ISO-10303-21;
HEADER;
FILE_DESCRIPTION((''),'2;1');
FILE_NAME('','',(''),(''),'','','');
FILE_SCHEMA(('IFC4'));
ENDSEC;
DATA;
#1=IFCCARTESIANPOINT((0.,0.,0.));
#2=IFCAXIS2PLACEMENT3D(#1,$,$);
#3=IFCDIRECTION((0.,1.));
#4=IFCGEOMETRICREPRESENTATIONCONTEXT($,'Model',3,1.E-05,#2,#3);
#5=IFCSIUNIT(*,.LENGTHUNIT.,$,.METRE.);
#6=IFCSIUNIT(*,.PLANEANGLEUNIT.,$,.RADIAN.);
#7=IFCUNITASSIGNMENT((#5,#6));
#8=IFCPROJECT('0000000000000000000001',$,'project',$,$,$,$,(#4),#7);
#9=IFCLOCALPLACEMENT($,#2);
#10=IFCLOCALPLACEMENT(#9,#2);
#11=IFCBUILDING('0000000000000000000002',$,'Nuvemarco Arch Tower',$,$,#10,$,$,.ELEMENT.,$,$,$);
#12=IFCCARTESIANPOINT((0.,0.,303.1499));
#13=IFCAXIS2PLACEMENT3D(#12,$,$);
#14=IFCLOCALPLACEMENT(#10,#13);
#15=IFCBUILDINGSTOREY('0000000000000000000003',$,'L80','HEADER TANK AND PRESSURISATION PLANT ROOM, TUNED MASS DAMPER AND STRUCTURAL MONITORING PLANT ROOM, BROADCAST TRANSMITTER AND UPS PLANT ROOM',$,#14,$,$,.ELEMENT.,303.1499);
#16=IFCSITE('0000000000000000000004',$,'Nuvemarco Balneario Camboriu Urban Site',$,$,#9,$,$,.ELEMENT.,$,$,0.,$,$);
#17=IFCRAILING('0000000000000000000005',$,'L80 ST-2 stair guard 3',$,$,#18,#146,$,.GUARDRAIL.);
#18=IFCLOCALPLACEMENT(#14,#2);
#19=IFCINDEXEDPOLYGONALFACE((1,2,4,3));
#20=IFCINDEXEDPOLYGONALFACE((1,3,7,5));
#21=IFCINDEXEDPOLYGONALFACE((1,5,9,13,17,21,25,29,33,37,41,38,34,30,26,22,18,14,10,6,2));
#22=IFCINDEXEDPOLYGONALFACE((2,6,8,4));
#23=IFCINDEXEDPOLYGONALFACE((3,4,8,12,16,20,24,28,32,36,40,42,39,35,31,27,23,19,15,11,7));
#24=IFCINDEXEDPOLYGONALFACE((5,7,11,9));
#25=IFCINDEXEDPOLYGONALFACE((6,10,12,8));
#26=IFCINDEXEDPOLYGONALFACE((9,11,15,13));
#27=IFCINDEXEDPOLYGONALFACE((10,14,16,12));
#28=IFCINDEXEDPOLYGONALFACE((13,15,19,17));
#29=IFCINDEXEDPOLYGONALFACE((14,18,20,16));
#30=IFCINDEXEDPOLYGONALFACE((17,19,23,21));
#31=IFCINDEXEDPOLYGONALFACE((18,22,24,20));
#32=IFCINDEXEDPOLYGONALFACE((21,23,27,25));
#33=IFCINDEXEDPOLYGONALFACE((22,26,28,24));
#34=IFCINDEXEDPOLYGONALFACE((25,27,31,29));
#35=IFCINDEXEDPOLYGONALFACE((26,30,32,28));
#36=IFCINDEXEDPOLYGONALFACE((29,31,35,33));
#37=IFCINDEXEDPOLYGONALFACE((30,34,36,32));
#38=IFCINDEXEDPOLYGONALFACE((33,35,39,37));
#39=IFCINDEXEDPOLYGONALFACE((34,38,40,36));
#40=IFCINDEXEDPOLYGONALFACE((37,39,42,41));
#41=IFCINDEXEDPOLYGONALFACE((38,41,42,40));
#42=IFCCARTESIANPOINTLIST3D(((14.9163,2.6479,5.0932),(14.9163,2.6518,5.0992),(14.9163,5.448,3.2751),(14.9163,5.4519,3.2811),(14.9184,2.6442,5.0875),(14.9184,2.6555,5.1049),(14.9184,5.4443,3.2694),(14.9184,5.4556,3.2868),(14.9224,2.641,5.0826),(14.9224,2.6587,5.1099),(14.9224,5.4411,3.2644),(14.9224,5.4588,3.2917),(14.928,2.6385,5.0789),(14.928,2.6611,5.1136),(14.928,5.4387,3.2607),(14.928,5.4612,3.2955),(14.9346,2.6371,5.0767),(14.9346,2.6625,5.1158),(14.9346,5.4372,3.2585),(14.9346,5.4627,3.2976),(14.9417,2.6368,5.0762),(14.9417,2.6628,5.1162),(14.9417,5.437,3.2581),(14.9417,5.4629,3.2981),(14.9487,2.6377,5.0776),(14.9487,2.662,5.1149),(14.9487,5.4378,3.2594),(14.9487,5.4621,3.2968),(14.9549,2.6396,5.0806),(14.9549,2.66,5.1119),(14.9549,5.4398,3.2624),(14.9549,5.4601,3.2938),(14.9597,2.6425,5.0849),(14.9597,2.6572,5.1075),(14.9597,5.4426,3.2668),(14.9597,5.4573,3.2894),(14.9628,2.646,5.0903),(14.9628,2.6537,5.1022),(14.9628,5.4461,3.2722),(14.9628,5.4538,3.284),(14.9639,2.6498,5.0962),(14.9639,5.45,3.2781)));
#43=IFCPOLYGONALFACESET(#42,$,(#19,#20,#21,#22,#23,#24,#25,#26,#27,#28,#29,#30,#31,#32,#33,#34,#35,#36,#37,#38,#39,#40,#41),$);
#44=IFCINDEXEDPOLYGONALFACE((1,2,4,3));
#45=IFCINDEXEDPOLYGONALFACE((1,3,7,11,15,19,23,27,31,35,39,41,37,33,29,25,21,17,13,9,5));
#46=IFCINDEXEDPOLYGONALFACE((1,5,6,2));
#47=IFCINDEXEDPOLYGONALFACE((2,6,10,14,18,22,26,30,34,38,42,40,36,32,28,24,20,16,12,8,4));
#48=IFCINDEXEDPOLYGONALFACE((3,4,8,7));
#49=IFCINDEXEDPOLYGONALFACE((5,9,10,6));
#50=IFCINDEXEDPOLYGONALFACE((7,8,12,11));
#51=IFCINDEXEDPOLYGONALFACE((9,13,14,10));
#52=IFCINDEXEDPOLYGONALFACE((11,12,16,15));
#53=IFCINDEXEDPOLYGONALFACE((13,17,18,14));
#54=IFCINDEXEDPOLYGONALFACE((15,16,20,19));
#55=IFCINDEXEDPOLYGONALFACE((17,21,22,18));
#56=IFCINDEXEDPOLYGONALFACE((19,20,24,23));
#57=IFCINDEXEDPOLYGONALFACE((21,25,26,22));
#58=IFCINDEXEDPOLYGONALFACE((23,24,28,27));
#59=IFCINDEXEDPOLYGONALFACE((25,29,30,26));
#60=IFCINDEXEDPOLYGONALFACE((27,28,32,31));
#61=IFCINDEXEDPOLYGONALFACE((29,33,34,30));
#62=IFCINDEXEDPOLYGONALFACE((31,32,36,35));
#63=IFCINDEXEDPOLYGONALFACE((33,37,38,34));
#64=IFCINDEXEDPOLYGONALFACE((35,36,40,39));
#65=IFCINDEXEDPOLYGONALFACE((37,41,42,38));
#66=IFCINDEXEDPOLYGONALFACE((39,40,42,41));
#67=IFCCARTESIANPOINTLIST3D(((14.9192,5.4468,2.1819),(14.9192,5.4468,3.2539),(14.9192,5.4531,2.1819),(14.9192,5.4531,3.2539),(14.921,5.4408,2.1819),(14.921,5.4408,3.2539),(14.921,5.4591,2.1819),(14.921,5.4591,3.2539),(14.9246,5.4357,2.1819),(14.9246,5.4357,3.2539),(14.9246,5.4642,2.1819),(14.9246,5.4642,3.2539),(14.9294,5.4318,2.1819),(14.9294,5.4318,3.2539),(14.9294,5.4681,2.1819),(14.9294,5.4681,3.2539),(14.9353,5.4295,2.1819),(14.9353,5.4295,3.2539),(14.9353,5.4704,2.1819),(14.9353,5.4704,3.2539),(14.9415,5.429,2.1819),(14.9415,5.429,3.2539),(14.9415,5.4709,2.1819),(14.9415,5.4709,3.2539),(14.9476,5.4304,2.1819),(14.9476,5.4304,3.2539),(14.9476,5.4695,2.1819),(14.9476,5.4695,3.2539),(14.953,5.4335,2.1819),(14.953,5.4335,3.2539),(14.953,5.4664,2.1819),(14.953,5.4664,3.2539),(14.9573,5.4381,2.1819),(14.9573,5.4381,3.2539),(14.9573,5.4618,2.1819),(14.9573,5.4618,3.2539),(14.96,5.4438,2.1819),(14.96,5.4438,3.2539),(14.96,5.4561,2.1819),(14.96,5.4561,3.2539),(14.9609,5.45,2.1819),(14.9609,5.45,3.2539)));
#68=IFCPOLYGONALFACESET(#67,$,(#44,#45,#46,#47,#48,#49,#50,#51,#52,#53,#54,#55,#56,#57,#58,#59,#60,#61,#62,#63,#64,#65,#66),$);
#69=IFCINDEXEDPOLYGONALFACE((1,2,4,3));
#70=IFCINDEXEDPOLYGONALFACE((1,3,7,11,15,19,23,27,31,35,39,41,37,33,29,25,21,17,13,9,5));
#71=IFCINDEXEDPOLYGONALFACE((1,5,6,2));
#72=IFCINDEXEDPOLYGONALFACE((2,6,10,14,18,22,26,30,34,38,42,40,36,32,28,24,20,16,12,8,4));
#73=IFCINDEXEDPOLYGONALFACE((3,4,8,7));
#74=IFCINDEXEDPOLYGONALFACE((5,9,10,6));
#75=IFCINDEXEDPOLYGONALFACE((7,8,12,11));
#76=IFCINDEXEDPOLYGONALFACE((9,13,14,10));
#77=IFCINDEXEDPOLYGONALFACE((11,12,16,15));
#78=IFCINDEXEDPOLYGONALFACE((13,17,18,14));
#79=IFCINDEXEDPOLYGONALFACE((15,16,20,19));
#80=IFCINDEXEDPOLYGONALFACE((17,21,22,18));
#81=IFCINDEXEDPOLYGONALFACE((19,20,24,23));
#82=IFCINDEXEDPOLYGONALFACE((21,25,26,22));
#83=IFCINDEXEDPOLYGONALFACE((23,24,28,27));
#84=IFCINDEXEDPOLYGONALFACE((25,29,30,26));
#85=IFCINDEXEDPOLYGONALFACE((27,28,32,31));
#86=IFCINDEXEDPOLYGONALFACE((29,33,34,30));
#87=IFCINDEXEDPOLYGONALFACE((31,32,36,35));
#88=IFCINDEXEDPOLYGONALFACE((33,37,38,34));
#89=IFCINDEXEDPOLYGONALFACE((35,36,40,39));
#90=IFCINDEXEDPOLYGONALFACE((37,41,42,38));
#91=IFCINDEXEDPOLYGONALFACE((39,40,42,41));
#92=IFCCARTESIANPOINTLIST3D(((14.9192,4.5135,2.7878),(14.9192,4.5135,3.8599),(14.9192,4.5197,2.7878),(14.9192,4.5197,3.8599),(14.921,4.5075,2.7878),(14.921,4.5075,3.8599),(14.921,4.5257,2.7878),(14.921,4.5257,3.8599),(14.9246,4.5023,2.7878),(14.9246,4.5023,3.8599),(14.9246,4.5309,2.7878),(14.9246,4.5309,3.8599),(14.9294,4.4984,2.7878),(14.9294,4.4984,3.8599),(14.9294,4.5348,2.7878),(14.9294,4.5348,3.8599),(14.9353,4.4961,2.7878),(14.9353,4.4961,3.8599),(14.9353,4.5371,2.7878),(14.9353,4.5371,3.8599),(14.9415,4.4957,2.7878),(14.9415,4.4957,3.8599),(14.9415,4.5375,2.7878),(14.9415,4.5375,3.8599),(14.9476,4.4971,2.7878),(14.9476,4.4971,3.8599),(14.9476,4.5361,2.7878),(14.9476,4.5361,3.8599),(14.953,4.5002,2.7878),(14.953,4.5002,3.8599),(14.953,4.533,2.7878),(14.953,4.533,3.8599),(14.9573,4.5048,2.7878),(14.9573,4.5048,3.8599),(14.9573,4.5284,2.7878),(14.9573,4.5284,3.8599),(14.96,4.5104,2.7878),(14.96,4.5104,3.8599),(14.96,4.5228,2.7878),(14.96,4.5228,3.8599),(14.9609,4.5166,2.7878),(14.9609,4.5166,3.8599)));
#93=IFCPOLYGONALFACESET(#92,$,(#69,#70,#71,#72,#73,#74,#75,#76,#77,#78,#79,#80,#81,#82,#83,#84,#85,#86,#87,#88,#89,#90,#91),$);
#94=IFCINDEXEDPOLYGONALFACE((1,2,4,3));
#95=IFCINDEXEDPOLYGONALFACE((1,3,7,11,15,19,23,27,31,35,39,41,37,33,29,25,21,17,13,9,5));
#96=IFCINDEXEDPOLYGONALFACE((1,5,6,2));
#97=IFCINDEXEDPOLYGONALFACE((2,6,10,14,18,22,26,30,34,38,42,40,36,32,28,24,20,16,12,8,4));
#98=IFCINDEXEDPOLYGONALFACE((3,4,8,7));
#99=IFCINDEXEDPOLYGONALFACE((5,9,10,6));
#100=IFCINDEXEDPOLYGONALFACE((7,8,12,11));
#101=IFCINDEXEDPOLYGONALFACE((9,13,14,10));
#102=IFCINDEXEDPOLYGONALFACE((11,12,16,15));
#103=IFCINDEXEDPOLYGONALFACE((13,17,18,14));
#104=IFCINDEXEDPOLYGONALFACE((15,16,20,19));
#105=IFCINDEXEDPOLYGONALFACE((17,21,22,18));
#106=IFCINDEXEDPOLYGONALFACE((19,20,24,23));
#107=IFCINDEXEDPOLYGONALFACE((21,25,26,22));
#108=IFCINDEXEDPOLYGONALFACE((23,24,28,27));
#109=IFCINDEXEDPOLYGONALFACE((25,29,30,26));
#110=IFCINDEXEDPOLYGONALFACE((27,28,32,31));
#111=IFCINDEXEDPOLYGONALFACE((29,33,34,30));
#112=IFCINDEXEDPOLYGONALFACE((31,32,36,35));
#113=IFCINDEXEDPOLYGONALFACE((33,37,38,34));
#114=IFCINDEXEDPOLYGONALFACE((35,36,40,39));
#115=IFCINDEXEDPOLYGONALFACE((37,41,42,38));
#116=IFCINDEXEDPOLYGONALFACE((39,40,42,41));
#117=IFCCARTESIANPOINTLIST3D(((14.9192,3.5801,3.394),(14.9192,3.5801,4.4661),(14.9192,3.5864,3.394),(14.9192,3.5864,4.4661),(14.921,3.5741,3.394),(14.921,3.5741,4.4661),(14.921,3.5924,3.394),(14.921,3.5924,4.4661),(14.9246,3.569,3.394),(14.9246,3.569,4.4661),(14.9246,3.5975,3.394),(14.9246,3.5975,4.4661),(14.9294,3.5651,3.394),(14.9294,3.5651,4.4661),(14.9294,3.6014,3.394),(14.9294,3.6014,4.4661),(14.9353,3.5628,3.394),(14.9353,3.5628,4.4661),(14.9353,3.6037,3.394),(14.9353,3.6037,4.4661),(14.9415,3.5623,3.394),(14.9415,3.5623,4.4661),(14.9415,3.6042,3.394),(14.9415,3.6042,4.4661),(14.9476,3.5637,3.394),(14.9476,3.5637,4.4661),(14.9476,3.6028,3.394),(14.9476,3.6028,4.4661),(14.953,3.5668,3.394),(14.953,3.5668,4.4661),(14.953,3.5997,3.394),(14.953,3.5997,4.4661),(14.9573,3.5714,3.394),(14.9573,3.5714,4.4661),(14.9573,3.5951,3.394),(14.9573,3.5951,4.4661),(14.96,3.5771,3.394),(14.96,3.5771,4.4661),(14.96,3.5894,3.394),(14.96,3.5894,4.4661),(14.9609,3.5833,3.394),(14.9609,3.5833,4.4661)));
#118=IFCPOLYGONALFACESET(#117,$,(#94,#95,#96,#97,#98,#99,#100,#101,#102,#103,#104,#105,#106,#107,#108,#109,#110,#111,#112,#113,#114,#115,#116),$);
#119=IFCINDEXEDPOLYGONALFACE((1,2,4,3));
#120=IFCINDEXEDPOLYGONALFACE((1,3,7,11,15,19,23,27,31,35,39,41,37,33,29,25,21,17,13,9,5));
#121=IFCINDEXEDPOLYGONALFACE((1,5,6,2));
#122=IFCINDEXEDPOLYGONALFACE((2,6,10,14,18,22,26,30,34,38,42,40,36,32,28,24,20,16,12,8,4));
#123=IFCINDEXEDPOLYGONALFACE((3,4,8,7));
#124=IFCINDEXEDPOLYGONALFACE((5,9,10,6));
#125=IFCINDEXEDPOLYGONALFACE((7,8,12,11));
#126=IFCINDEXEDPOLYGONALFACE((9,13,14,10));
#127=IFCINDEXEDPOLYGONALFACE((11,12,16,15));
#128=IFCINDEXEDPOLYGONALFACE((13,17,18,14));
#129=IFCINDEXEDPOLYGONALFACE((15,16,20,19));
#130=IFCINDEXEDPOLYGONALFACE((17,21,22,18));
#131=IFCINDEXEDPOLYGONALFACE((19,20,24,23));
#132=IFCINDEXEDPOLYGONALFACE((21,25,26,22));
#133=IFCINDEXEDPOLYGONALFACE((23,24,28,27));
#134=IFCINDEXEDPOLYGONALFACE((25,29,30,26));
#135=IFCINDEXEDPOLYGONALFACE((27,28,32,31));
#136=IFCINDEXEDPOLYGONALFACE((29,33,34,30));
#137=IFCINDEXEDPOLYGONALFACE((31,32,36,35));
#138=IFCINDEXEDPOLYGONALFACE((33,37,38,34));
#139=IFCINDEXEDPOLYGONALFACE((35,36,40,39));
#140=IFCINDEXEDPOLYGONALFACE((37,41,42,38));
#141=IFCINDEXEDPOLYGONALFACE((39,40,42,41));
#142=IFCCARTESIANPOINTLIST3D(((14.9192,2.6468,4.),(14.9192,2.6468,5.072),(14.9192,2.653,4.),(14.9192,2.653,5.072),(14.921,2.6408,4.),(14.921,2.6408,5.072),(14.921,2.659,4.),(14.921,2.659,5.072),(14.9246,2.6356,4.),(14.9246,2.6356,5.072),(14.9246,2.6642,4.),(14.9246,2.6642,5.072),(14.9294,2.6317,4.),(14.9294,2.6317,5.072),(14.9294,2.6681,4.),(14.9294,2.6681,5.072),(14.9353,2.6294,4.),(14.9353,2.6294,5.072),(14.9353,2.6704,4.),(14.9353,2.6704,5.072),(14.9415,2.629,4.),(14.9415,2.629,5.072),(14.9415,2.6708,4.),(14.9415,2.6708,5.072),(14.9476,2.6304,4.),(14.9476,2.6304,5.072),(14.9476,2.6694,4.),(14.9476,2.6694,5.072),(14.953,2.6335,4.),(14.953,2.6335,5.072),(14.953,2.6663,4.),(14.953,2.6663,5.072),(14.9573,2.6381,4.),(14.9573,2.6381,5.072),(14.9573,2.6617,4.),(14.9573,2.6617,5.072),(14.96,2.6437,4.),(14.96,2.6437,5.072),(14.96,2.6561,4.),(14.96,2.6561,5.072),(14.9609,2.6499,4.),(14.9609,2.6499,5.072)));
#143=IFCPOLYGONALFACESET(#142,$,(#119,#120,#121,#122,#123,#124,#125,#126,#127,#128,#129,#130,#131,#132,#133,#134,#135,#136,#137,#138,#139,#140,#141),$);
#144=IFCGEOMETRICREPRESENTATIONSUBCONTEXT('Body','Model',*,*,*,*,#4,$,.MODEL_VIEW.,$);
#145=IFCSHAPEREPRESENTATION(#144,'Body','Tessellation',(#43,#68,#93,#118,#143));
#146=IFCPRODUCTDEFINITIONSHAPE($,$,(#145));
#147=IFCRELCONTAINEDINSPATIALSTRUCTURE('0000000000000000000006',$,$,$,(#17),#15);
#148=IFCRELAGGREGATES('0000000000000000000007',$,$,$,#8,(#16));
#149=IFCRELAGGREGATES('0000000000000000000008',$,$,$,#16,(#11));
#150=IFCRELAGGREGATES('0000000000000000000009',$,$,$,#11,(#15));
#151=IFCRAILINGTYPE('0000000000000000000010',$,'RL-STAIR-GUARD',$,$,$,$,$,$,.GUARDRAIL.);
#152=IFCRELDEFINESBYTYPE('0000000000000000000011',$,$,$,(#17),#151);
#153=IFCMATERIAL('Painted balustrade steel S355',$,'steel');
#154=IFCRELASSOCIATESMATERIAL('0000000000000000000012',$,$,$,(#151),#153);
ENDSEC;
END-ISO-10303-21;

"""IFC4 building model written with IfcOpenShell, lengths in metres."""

from ifc_helpers import new_model, si_unit, direction, frame, origin, origin_2d, place, context, subcontext, project, spatial, circle, extrude, material, type_object, element, save


model = new_model("IFC4")

# Units and contexts
model_context = context("Model", 3, precision=1e-05, world=origin(), true_north=direction((0.0, 1.0)))
body_context = subcontext(model_context, "Body", "Model", "MODEL_VIEW")
ifc_project = project(units=[si_unit("LENGTHUNIT", "METRE"), si_unit("PLANEANGLEUNIT", "RADIAN")], contexts=[model_context])

# Site, building, storey
site_placement = place(None, origin())
site = spatial("IfcSite", under=ifc_project, at=site_placement, Name="Nuvemarco Balneario Camboriu Urban Site", CompositionType="ELEMENT", RefElevation=0.0)
building_placement = place(site_placement, origin())
building = spatial("IfcBuilding", under=site, at=building_placement, Name="Nuvemarco Arch Tower", CompositionType="ELEMENT")
storey_placement = place(building_placement, frame((0.0, 0.0, 303.1499)))
storey = spatial("IfcBuildingStorey", under=building, at=storey_placement, Name="L80", Description="HEADER TANK AND PRESSURISATION PLANT ROOM, TUNED MASS DAMPER AND STRUCTURAL MONITORING PLANT ROOM, BROADCAST TRANSMITTER AND UPS PLANT ROOM", CompositionType="ELEMENT", Elevation=303.1499)

# Railing
ifc_material_1 = material(Name="Painted balustrade steel S355", Category="steel")
railing_type_1 = type_object("IfcRailingType", Name="RL-STAIR-GUARD", PredefinedType="GUARDRAIL", material=ifc_material_1)
railing_1_placement = place(storey_placement, frame((14.9399, 5.45, 2.1819)))
element("IfcRailing", 1, at=railing_1_placement, inside=storey, type_object=railing_type_1, Name="L80 ST-2 stair guard 3", PredefinedType="GUARDRAIL", context=body_context, shape_type="SweptSolid", body=[
    extrude(circle(Radius=0.0239, at=origin_2d()), frame((0.0, 0.0, 1.0962), z_axis=(0.0, -0.838706, 0.544585), x_axis=(1.0, 0.0, 0.0)), (0.0, 0.0, 1.0), 3.3386),
    extrude(circle(Radius=0.021, at=origin_2d()), origin(), (0.0, 0.0, 1.0), 1.072),
    extrude(circle(Radius=0.021, at=origin_2d()), frame((0.0, -0.9333, 0.606)), (0.0, 0.0, 1.0), 1.072),
    extrude(circle(Radius=0.021, at=origin_2d()), frame((0.0, -1.8667, 1.2122)), (0.0, 0.0, 1.0), 1.072),
    extrude(circle(Radius=0.021, at=origin_2d()), frame((0.0, -2.8, 1.8181)), (0.0, 0.0, 1.0), 1.072),
])

save(model, "model.ifc")
